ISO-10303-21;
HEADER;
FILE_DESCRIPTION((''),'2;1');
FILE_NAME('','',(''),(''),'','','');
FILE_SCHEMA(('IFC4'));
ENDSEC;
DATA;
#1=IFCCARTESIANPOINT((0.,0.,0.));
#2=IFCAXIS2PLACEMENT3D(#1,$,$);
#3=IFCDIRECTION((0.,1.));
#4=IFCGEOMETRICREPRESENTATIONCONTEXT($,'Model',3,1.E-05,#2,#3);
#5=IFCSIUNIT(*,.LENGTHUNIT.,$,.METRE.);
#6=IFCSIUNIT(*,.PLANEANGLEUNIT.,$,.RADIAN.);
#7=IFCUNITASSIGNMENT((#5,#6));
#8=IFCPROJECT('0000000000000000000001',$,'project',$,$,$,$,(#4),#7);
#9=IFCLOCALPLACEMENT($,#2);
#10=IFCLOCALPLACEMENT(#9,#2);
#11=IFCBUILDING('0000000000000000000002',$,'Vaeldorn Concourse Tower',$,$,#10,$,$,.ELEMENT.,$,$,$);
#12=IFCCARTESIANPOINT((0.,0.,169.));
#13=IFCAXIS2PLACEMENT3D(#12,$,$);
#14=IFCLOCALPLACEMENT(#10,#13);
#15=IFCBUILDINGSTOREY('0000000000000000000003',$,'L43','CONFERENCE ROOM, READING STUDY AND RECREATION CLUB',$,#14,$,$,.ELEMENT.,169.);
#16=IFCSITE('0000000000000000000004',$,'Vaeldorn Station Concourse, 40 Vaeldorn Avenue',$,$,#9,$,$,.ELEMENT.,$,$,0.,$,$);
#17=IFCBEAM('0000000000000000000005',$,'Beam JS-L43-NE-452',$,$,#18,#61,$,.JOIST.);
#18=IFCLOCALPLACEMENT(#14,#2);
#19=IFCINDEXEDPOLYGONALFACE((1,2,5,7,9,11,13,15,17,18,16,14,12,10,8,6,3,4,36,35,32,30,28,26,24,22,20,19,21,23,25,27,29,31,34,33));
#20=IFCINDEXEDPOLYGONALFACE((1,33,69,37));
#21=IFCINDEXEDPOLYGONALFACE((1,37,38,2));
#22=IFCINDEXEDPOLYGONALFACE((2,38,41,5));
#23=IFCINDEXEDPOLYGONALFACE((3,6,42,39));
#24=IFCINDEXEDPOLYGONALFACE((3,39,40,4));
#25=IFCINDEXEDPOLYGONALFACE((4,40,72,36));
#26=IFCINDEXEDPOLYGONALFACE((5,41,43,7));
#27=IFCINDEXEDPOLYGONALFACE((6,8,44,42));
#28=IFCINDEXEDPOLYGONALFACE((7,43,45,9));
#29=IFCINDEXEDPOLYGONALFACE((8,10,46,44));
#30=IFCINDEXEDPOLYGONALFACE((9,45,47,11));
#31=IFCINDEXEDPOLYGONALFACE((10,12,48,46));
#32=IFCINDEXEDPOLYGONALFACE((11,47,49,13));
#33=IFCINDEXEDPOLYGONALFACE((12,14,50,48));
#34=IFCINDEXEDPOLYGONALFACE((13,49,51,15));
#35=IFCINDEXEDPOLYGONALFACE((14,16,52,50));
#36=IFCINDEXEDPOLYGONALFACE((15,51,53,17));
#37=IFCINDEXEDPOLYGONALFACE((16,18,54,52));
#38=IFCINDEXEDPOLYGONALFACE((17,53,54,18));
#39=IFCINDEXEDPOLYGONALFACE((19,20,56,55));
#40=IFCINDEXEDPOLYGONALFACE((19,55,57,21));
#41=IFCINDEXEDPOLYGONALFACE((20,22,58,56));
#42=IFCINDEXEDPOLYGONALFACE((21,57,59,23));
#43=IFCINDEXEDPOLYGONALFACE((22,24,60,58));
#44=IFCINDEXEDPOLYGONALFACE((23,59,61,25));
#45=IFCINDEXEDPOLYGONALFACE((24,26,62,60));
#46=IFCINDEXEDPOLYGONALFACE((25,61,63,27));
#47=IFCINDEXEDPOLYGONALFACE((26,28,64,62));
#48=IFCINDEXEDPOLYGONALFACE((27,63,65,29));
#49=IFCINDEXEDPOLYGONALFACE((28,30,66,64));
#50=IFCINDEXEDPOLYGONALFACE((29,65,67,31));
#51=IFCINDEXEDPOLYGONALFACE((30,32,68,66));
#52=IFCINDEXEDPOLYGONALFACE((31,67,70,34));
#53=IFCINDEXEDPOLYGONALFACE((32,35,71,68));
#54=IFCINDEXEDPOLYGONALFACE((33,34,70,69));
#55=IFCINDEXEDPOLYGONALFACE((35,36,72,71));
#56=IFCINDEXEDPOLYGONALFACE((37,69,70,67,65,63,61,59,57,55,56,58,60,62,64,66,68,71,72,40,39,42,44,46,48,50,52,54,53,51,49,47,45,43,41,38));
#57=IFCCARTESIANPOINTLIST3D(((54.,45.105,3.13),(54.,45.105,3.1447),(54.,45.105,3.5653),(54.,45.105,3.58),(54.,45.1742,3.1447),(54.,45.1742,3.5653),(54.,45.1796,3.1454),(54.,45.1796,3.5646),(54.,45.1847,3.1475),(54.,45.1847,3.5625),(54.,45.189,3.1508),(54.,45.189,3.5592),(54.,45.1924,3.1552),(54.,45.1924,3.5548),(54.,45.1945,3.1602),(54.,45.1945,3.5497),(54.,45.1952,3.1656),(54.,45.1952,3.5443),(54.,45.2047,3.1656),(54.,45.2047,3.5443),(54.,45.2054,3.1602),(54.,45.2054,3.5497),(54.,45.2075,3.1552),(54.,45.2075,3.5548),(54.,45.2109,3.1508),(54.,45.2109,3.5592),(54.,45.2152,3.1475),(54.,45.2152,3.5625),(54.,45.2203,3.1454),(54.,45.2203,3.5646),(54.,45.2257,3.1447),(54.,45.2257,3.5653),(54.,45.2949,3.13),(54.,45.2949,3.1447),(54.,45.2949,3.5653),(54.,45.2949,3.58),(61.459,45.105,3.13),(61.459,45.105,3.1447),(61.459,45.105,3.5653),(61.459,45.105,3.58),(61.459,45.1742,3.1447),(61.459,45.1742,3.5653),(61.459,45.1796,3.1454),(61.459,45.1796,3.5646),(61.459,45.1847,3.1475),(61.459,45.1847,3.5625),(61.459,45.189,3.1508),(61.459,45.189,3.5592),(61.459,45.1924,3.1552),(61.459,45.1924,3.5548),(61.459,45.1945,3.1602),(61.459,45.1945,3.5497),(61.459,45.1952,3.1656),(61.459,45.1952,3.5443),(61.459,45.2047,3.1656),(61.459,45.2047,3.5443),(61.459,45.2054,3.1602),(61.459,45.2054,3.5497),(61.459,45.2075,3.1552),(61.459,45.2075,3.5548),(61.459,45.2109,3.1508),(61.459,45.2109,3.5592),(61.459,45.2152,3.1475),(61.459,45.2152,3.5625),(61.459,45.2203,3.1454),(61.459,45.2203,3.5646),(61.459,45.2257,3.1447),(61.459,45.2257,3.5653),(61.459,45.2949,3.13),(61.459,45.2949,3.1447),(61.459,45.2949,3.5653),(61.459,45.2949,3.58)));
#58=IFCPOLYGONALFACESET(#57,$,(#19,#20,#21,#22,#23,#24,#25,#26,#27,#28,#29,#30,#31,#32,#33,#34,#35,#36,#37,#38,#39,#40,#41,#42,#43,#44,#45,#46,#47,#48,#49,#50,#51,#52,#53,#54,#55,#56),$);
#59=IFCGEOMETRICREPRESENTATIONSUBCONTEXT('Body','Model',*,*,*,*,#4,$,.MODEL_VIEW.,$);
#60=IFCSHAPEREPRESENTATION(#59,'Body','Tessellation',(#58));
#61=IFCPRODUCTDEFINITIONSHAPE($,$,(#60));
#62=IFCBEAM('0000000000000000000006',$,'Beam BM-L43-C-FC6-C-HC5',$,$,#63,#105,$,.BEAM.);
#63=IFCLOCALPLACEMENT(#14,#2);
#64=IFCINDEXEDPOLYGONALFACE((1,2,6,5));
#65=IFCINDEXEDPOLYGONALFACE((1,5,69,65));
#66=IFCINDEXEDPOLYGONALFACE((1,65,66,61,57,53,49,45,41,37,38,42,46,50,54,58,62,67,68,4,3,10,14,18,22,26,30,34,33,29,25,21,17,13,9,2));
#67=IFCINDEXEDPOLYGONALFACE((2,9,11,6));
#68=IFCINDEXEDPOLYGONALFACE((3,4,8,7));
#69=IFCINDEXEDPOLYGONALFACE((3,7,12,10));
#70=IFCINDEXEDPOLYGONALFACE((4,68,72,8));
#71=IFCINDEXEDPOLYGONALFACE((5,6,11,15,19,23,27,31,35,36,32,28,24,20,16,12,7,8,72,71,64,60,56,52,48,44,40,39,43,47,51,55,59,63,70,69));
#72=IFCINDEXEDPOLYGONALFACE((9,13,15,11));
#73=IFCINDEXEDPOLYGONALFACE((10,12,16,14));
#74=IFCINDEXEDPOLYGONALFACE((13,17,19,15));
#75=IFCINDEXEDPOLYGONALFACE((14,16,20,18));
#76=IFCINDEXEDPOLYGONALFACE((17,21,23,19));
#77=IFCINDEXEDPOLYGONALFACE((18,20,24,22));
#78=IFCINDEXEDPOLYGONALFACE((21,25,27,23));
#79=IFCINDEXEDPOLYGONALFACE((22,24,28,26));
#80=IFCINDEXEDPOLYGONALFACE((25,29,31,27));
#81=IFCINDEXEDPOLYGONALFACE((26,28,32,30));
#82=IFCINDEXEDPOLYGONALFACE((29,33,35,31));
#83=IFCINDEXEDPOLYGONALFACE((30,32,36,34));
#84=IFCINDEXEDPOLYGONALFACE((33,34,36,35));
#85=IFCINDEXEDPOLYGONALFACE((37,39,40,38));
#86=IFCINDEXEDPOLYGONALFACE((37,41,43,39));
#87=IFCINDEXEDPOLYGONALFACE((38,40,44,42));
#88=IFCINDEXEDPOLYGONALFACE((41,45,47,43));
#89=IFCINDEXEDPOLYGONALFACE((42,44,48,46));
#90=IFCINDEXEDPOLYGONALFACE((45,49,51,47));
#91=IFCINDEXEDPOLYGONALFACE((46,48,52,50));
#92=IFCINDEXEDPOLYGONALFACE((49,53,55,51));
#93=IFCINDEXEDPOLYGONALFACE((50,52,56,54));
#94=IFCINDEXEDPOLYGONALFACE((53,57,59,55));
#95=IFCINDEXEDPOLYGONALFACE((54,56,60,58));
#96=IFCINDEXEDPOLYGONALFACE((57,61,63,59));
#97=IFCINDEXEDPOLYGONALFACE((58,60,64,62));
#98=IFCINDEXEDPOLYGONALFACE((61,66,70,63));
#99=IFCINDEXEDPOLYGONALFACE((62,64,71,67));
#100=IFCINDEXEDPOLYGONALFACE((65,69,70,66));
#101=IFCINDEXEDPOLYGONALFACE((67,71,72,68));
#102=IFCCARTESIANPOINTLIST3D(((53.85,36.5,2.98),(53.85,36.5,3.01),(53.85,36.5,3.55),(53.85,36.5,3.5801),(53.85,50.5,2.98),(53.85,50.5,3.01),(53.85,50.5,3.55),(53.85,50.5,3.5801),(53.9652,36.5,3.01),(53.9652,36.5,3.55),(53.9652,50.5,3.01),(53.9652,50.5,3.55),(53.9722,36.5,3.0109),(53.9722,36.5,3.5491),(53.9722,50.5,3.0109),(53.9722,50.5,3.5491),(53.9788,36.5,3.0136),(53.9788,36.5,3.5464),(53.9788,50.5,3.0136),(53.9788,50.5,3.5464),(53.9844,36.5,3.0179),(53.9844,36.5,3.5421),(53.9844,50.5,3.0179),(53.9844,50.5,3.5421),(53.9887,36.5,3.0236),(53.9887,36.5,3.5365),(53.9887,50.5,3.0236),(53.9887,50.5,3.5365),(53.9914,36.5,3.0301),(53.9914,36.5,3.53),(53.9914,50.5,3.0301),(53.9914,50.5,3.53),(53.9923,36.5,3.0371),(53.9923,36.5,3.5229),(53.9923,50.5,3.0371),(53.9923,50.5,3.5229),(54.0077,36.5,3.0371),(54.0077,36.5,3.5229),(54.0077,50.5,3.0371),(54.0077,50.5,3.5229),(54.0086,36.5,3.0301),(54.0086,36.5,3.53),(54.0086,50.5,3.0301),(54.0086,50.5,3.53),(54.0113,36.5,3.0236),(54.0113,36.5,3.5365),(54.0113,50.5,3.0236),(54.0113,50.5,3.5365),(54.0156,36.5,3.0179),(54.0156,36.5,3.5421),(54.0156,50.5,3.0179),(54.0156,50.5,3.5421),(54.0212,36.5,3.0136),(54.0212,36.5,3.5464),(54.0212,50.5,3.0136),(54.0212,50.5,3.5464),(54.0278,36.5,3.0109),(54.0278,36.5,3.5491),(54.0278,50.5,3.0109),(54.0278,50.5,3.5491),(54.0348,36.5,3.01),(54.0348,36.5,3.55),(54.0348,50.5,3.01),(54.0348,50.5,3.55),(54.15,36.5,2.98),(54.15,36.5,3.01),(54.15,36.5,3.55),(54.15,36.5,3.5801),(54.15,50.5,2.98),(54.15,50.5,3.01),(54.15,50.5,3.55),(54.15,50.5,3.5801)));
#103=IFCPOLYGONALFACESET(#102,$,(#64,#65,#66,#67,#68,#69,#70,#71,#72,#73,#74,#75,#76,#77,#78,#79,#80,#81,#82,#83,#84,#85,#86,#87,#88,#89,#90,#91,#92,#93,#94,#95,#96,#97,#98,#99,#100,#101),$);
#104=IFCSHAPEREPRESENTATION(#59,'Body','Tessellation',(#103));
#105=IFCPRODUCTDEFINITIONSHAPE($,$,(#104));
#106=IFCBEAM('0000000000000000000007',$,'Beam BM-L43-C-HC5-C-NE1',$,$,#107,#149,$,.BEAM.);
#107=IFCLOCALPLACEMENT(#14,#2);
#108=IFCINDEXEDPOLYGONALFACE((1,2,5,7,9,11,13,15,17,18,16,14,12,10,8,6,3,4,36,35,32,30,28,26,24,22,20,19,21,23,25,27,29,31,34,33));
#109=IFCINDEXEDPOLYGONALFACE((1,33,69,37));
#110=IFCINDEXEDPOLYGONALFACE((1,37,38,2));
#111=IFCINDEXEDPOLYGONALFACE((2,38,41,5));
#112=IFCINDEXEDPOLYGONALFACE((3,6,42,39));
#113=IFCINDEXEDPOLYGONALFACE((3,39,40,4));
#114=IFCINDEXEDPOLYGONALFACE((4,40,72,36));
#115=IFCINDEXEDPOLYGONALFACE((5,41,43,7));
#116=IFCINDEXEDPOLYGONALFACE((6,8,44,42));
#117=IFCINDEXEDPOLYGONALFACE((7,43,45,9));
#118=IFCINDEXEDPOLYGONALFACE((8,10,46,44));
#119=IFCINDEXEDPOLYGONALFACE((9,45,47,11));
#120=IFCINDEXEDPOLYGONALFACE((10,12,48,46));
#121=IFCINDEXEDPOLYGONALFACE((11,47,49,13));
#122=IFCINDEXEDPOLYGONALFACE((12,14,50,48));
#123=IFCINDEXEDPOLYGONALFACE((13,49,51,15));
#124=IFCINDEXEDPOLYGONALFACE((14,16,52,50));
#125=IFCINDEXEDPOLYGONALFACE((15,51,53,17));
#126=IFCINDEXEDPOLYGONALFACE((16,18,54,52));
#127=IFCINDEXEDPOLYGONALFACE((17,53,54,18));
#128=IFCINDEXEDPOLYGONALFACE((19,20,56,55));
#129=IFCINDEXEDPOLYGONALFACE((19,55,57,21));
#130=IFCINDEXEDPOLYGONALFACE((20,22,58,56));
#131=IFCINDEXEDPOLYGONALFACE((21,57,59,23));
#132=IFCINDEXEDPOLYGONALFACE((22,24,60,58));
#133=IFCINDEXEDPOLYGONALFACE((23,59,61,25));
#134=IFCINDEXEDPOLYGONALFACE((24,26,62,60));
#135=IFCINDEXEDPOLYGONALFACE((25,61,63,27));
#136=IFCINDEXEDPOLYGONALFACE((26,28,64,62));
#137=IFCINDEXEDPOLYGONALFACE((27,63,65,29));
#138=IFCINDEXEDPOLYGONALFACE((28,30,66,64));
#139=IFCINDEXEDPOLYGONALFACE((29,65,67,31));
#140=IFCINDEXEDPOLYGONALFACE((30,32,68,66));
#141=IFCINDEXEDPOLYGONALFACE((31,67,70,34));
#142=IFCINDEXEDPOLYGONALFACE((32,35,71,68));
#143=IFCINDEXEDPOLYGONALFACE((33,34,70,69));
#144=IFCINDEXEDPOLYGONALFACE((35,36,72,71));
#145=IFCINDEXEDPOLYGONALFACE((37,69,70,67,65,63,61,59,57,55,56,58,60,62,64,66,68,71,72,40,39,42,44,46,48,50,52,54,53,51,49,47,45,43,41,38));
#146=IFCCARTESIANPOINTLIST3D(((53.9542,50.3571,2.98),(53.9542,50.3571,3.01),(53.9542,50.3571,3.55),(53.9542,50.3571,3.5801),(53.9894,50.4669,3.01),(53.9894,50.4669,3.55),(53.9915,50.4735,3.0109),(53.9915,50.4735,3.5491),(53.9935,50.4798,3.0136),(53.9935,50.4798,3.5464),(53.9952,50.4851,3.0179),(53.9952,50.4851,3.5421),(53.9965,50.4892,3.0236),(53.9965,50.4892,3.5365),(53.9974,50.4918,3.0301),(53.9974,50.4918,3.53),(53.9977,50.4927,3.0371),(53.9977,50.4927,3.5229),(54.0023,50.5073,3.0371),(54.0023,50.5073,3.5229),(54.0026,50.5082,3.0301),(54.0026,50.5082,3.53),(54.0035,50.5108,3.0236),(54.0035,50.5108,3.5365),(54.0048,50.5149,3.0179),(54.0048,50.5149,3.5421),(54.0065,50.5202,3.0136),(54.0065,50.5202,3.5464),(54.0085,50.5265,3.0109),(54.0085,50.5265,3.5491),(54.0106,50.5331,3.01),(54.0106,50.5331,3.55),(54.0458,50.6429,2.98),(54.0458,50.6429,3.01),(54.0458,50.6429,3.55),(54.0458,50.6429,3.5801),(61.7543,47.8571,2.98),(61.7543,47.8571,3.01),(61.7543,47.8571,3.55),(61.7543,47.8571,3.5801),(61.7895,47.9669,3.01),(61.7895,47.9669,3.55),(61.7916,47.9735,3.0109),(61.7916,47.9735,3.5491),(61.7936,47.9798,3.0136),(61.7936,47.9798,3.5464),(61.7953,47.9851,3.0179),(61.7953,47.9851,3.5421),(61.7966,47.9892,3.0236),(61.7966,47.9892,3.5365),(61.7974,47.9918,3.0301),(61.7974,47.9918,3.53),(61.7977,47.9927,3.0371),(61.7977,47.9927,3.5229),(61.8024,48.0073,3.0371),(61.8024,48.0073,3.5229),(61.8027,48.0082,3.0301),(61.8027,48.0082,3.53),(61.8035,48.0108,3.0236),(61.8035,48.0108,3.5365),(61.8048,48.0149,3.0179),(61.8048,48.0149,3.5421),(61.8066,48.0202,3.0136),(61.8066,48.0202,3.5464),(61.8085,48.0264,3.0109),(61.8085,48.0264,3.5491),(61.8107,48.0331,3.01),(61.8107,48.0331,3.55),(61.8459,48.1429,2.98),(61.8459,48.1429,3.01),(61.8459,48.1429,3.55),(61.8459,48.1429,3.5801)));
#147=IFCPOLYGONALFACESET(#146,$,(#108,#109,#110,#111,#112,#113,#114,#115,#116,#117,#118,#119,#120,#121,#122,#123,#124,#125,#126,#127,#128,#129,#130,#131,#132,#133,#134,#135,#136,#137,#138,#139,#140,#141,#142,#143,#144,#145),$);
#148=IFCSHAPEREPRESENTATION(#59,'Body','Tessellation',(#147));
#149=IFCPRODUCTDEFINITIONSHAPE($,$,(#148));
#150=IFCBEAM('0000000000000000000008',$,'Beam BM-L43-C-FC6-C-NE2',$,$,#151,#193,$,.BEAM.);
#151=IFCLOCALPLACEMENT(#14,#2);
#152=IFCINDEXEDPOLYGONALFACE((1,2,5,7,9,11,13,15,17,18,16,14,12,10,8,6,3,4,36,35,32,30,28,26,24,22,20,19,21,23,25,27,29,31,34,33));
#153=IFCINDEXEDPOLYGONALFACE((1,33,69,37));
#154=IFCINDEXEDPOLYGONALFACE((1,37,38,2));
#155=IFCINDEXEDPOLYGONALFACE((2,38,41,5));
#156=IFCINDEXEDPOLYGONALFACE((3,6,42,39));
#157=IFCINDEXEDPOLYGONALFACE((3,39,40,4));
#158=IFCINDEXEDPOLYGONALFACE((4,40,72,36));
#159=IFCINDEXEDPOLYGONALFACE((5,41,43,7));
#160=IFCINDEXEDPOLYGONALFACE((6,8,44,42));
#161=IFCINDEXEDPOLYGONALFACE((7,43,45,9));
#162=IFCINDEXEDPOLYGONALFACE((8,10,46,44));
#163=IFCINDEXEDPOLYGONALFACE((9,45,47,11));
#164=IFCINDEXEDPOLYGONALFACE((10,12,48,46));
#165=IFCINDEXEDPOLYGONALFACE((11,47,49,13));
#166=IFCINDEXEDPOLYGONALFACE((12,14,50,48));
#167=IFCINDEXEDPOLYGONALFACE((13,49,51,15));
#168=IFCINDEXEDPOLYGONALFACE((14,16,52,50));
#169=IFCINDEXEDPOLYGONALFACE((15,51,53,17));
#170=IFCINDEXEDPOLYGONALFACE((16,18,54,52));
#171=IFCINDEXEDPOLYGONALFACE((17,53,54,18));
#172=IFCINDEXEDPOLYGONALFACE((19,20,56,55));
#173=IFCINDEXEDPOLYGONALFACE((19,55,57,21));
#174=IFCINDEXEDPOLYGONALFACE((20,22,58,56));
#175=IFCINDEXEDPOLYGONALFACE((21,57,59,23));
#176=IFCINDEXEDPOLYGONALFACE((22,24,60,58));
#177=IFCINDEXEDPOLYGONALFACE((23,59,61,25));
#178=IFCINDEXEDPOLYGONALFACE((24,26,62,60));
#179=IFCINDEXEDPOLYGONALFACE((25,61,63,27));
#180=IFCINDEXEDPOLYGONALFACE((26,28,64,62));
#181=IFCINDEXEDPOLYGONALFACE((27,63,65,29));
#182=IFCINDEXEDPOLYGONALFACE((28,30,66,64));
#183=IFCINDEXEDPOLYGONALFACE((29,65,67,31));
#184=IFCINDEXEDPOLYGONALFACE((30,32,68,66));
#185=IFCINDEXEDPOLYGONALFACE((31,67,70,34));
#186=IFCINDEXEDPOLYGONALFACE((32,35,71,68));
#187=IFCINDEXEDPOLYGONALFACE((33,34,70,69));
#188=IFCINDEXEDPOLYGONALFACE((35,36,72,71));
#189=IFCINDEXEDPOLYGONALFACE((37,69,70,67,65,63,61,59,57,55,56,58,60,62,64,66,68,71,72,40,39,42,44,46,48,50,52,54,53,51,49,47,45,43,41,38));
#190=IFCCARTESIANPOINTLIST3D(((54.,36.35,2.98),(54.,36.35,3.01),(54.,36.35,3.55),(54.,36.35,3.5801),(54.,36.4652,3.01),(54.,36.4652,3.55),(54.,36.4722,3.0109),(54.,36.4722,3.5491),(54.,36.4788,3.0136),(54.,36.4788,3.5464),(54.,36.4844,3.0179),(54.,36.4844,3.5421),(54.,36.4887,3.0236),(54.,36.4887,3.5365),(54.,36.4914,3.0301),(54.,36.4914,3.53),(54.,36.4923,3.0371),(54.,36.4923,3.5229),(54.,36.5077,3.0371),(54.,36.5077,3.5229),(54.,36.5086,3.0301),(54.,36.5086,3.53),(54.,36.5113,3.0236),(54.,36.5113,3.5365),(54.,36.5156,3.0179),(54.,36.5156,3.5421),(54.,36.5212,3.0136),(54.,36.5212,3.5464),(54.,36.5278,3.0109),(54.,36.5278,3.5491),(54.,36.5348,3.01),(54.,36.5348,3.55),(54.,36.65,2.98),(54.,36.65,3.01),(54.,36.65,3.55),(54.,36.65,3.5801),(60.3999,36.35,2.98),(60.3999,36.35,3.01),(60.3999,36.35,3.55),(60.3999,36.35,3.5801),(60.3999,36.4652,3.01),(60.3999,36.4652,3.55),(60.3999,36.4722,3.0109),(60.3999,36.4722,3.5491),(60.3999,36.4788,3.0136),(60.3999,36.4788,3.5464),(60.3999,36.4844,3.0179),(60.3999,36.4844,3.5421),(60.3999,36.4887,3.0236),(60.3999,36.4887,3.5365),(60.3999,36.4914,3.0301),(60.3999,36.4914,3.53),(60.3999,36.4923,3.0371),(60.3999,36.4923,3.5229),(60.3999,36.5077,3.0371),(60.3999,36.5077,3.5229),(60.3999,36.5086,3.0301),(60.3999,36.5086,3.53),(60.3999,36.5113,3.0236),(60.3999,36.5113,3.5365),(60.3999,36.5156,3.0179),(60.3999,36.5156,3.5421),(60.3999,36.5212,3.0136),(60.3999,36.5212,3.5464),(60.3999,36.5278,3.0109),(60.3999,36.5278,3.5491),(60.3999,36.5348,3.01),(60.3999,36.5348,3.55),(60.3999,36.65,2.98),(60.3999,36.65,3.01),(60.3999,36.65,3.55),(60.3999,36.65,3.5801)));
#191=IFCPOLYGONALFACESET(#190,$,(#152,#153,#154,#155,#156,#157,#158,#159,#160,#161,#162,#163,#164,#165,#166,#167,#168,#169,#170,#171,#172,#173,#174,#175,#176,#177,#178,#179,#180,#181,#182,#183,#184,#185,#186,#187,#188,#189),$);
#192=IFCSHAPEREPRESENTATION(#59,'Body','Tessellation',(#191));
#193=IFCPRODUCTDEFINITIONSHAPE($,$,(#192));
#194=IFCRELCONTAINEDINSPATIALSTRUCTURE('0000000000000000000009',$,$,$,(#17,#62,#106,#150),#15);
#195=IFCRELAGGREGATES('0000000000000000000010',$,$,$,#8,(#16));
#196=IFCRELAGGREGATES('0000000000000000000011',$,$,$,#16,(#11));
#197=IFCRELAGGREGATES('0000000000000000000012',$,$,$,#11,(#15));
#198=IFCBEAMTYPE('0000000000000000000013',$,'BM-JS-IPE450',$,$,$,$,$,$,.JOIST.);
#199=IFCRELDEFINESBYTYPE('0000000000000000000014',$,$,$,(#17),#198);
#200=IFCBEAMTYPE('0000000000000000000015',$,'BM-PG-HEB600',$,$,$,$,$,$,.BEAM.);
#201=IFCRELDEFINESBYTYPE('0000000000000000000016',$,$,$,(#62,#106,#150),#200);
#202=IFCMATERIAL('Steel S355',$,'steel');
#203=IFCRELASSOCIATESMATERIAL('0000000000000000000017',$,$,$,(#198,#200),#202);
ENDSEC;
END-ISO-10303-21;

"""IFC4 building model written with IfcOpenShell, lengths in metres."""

from ifc_helpers import new_model, si_unit, direction, frame, origin, origin_2d, place, context, subcontext, project, spatial, i_section, extrude, source, transform, mapped, material, material_profile, profile_set, type_object, element, save


model = new_model("IFC4")

# Units and contexts
model_context = context("Model", 3, precision=1e-05, world=origin(), true_north=direction((0.0, 1.0)))
body_context = subcontext(model_context, "Body", "Model", "MODEL_VIEW")
ifc_project = project(units=[si_unit("LENGTHUNIT", "METRE"), si_unit("PLANEANGLEUNIT", "RADIAN")], contexts=[model_context])

# Site, building, storey
site_placement = place(None, origin())
site = spatial("IfcSite", under=ifc_project, at=site_placement, Name="Vaeldorn Station Concourse, 40 Vaeldorn Avenue", CompositionType="ELEMENT", RefElevation=0.0)
building_placement = place(site_placement, origin())
building = spatial("IfcBuilding", under=site, at=building_placement, Name="Vaeldorn Concourse Tower", CompositionType="ELEMENT")
storey_placement = place(building_placement, frame((0.0, 0.0, 169.0)))
storey = spatial("IfcBuildingStorey", under=building, at=storey_placement, Name="L43", Description="CONFERENCE ROOM, READING STUDY AND RECREATION CLUB", CompositionType="ELEMENT", Elevation=169.0)

# Beams
ifc_material_1 = material(Name="Steel S355", Category="steel")
ifc_material_profile_1 = material_profile(ifc_material_1, i_section(OverallWidth=0.1899, OverallDepth=0.45, WebThickness=0.0095, FlangeThickness=0.0146, FilletRadius=0.021, at=origin_2d()), Name="IPE 450")
ifc_profile_set_1 = profile_set([ifc_material_profile_1], Name="Steel S355")
beam_type_1 = type_object("IfcBeamType", Name="BM-JS-IPE450", PredefinedType="JOIST", material=ifc_profile_set_1)
shared_shape_1 = source(origin(), body_context, "Body", "SweptSolid", [
    extrude(i_section(OverallWidth=0.1899, OverallDepth=0.45, WebThickness=0.0095, FlangeThickness=0.0146, FilletRadius=0.021, at=origin_2d()), origin(), (0.0, 0.0, 1.0), 7.459),
])
beam_1_placement = place(storey_placement, frame((54.0, 45.2, 3.355), z_axis=(1.0, 0.0, 0.0), x_axis=(0.0, 1.0, 0.0)))
element("IfcBeam", 1, at=beam_1_placement, inside=storey, type_object=beam_type_1, Name="Beam JS-L43-NE-452", PredefinedType="JOIST", context=body_context, shape_type="MappedRepresentation", body=[
    mapped(shared_shape_1, transform((0.0, 0.0, 0.0), scale=1.0)),
])
ifc_material_profile_2 = material_profile(ifc_material_1, i_section(OverallWidth=0.3, OverallDepth=0.6001, WebThickness=0.0154, FlangeThickness=0.03, FilletRadius=0.0271, at=origin_2d()), Name="HEB 600")
ifc_profile_set_2 = profile_set([ifc_material_profile_2], Name="Steel S355")
beam_type_2 = type_object("IfcBeamType", Name="BM-PG-HEB600", PredefinedType="BEAM", material=ifc_profile_set_2)
shared_shape_2 = source(origin(), body_context, "Body", "SweptSolid", [
    extrude(i_section(OverallWidth=0.3, OverallDepth=0.6001, WebThickness=0.0154, FlangeThickness=0.03, FilletRadius=0.0271, at=origin_2d()), origin(), (0.0, 0.0, 1.0), 14.0),
])
beam_2_placement = place(storey_placement, frame((54.0, 36.5, 3.28), z_axis=(0.0, 1.0, 0.0), x_axis=(-1.0, 0.0, 0.0)))
element("IfcBeam", 2, at=beam_2_placement, inside=storey, type_object=beam_type_2, Name="Beam BM-L43-C-FC6-C-HC5", PredefinedType="BEAM", context=body_context, shape_type="MappedRepresentation", body=[
    mapped(shared_shape_2, transform((0.0, 0.0, 0.0), scale=1.0)),
])
shared_shape_3 = source(origin(), body_context, "Body", "SweptSolid", [
    extrude(i_section(OverallWidth=0.3, OverallDepth=0.6001, WebThickness=0.0154, FlangeThickness=0.03, FilletRadius=0.0271, at=origin_2d()), origin(), (0.0, 0.0, 1.0), 8.1909),
])
beam_3_placement = place(storey_placement, frame((54.0, 50.5, 3.28), z_axis=(0.952283, -0.305217, 0.0), x_axis=(0.305217, 0.952283, 0.0)))
element("IfcBeam", 3, at=beam_3_placement, inside=storey, type_object=beam_type_2, Name="Beam BM-L43-C-HC5-C-NE1", PredefinedType="BEAM", context=body_context, shape_type="MappedRepresentation", body=[
    mapped(shared_shape_3, transform((0.0, 0.0, 0.0), scale=1.0)),
])
shared_shape_4 = source(origin(), body_context, "Body", "SweptSolid", [
    extrude(i_section(OverallWidth=0.3, OverallDepth=0.6001, WebThickness=0.0154, FlangeThickness=0.03, FilletRadius=0.0271, at=origin_2d()), origin(), (0.0, 0.0, 1.0), 6.3999),
])
beam_4_placement = place(storey_placement, frame((54.0, 36.5, 3.28), z_axis=(1.0, 0.0, 0.0), x_axis=(0.0, 1.0, 0.0)))
element("IfcBeam", 4, at=beam_4_placement, inside=storey, type_object=beam_type_2, Name="Beam BM-L43-C-FC6-C-NE2", PredefinedType="BEAM", context=body_context, shape_type="MappedRepresentation", body=[
    mapped(shared_shape_4, transform((0.0, 0.0, 0.0), scale=1.0)),
])

save(model, "model.ifc")
